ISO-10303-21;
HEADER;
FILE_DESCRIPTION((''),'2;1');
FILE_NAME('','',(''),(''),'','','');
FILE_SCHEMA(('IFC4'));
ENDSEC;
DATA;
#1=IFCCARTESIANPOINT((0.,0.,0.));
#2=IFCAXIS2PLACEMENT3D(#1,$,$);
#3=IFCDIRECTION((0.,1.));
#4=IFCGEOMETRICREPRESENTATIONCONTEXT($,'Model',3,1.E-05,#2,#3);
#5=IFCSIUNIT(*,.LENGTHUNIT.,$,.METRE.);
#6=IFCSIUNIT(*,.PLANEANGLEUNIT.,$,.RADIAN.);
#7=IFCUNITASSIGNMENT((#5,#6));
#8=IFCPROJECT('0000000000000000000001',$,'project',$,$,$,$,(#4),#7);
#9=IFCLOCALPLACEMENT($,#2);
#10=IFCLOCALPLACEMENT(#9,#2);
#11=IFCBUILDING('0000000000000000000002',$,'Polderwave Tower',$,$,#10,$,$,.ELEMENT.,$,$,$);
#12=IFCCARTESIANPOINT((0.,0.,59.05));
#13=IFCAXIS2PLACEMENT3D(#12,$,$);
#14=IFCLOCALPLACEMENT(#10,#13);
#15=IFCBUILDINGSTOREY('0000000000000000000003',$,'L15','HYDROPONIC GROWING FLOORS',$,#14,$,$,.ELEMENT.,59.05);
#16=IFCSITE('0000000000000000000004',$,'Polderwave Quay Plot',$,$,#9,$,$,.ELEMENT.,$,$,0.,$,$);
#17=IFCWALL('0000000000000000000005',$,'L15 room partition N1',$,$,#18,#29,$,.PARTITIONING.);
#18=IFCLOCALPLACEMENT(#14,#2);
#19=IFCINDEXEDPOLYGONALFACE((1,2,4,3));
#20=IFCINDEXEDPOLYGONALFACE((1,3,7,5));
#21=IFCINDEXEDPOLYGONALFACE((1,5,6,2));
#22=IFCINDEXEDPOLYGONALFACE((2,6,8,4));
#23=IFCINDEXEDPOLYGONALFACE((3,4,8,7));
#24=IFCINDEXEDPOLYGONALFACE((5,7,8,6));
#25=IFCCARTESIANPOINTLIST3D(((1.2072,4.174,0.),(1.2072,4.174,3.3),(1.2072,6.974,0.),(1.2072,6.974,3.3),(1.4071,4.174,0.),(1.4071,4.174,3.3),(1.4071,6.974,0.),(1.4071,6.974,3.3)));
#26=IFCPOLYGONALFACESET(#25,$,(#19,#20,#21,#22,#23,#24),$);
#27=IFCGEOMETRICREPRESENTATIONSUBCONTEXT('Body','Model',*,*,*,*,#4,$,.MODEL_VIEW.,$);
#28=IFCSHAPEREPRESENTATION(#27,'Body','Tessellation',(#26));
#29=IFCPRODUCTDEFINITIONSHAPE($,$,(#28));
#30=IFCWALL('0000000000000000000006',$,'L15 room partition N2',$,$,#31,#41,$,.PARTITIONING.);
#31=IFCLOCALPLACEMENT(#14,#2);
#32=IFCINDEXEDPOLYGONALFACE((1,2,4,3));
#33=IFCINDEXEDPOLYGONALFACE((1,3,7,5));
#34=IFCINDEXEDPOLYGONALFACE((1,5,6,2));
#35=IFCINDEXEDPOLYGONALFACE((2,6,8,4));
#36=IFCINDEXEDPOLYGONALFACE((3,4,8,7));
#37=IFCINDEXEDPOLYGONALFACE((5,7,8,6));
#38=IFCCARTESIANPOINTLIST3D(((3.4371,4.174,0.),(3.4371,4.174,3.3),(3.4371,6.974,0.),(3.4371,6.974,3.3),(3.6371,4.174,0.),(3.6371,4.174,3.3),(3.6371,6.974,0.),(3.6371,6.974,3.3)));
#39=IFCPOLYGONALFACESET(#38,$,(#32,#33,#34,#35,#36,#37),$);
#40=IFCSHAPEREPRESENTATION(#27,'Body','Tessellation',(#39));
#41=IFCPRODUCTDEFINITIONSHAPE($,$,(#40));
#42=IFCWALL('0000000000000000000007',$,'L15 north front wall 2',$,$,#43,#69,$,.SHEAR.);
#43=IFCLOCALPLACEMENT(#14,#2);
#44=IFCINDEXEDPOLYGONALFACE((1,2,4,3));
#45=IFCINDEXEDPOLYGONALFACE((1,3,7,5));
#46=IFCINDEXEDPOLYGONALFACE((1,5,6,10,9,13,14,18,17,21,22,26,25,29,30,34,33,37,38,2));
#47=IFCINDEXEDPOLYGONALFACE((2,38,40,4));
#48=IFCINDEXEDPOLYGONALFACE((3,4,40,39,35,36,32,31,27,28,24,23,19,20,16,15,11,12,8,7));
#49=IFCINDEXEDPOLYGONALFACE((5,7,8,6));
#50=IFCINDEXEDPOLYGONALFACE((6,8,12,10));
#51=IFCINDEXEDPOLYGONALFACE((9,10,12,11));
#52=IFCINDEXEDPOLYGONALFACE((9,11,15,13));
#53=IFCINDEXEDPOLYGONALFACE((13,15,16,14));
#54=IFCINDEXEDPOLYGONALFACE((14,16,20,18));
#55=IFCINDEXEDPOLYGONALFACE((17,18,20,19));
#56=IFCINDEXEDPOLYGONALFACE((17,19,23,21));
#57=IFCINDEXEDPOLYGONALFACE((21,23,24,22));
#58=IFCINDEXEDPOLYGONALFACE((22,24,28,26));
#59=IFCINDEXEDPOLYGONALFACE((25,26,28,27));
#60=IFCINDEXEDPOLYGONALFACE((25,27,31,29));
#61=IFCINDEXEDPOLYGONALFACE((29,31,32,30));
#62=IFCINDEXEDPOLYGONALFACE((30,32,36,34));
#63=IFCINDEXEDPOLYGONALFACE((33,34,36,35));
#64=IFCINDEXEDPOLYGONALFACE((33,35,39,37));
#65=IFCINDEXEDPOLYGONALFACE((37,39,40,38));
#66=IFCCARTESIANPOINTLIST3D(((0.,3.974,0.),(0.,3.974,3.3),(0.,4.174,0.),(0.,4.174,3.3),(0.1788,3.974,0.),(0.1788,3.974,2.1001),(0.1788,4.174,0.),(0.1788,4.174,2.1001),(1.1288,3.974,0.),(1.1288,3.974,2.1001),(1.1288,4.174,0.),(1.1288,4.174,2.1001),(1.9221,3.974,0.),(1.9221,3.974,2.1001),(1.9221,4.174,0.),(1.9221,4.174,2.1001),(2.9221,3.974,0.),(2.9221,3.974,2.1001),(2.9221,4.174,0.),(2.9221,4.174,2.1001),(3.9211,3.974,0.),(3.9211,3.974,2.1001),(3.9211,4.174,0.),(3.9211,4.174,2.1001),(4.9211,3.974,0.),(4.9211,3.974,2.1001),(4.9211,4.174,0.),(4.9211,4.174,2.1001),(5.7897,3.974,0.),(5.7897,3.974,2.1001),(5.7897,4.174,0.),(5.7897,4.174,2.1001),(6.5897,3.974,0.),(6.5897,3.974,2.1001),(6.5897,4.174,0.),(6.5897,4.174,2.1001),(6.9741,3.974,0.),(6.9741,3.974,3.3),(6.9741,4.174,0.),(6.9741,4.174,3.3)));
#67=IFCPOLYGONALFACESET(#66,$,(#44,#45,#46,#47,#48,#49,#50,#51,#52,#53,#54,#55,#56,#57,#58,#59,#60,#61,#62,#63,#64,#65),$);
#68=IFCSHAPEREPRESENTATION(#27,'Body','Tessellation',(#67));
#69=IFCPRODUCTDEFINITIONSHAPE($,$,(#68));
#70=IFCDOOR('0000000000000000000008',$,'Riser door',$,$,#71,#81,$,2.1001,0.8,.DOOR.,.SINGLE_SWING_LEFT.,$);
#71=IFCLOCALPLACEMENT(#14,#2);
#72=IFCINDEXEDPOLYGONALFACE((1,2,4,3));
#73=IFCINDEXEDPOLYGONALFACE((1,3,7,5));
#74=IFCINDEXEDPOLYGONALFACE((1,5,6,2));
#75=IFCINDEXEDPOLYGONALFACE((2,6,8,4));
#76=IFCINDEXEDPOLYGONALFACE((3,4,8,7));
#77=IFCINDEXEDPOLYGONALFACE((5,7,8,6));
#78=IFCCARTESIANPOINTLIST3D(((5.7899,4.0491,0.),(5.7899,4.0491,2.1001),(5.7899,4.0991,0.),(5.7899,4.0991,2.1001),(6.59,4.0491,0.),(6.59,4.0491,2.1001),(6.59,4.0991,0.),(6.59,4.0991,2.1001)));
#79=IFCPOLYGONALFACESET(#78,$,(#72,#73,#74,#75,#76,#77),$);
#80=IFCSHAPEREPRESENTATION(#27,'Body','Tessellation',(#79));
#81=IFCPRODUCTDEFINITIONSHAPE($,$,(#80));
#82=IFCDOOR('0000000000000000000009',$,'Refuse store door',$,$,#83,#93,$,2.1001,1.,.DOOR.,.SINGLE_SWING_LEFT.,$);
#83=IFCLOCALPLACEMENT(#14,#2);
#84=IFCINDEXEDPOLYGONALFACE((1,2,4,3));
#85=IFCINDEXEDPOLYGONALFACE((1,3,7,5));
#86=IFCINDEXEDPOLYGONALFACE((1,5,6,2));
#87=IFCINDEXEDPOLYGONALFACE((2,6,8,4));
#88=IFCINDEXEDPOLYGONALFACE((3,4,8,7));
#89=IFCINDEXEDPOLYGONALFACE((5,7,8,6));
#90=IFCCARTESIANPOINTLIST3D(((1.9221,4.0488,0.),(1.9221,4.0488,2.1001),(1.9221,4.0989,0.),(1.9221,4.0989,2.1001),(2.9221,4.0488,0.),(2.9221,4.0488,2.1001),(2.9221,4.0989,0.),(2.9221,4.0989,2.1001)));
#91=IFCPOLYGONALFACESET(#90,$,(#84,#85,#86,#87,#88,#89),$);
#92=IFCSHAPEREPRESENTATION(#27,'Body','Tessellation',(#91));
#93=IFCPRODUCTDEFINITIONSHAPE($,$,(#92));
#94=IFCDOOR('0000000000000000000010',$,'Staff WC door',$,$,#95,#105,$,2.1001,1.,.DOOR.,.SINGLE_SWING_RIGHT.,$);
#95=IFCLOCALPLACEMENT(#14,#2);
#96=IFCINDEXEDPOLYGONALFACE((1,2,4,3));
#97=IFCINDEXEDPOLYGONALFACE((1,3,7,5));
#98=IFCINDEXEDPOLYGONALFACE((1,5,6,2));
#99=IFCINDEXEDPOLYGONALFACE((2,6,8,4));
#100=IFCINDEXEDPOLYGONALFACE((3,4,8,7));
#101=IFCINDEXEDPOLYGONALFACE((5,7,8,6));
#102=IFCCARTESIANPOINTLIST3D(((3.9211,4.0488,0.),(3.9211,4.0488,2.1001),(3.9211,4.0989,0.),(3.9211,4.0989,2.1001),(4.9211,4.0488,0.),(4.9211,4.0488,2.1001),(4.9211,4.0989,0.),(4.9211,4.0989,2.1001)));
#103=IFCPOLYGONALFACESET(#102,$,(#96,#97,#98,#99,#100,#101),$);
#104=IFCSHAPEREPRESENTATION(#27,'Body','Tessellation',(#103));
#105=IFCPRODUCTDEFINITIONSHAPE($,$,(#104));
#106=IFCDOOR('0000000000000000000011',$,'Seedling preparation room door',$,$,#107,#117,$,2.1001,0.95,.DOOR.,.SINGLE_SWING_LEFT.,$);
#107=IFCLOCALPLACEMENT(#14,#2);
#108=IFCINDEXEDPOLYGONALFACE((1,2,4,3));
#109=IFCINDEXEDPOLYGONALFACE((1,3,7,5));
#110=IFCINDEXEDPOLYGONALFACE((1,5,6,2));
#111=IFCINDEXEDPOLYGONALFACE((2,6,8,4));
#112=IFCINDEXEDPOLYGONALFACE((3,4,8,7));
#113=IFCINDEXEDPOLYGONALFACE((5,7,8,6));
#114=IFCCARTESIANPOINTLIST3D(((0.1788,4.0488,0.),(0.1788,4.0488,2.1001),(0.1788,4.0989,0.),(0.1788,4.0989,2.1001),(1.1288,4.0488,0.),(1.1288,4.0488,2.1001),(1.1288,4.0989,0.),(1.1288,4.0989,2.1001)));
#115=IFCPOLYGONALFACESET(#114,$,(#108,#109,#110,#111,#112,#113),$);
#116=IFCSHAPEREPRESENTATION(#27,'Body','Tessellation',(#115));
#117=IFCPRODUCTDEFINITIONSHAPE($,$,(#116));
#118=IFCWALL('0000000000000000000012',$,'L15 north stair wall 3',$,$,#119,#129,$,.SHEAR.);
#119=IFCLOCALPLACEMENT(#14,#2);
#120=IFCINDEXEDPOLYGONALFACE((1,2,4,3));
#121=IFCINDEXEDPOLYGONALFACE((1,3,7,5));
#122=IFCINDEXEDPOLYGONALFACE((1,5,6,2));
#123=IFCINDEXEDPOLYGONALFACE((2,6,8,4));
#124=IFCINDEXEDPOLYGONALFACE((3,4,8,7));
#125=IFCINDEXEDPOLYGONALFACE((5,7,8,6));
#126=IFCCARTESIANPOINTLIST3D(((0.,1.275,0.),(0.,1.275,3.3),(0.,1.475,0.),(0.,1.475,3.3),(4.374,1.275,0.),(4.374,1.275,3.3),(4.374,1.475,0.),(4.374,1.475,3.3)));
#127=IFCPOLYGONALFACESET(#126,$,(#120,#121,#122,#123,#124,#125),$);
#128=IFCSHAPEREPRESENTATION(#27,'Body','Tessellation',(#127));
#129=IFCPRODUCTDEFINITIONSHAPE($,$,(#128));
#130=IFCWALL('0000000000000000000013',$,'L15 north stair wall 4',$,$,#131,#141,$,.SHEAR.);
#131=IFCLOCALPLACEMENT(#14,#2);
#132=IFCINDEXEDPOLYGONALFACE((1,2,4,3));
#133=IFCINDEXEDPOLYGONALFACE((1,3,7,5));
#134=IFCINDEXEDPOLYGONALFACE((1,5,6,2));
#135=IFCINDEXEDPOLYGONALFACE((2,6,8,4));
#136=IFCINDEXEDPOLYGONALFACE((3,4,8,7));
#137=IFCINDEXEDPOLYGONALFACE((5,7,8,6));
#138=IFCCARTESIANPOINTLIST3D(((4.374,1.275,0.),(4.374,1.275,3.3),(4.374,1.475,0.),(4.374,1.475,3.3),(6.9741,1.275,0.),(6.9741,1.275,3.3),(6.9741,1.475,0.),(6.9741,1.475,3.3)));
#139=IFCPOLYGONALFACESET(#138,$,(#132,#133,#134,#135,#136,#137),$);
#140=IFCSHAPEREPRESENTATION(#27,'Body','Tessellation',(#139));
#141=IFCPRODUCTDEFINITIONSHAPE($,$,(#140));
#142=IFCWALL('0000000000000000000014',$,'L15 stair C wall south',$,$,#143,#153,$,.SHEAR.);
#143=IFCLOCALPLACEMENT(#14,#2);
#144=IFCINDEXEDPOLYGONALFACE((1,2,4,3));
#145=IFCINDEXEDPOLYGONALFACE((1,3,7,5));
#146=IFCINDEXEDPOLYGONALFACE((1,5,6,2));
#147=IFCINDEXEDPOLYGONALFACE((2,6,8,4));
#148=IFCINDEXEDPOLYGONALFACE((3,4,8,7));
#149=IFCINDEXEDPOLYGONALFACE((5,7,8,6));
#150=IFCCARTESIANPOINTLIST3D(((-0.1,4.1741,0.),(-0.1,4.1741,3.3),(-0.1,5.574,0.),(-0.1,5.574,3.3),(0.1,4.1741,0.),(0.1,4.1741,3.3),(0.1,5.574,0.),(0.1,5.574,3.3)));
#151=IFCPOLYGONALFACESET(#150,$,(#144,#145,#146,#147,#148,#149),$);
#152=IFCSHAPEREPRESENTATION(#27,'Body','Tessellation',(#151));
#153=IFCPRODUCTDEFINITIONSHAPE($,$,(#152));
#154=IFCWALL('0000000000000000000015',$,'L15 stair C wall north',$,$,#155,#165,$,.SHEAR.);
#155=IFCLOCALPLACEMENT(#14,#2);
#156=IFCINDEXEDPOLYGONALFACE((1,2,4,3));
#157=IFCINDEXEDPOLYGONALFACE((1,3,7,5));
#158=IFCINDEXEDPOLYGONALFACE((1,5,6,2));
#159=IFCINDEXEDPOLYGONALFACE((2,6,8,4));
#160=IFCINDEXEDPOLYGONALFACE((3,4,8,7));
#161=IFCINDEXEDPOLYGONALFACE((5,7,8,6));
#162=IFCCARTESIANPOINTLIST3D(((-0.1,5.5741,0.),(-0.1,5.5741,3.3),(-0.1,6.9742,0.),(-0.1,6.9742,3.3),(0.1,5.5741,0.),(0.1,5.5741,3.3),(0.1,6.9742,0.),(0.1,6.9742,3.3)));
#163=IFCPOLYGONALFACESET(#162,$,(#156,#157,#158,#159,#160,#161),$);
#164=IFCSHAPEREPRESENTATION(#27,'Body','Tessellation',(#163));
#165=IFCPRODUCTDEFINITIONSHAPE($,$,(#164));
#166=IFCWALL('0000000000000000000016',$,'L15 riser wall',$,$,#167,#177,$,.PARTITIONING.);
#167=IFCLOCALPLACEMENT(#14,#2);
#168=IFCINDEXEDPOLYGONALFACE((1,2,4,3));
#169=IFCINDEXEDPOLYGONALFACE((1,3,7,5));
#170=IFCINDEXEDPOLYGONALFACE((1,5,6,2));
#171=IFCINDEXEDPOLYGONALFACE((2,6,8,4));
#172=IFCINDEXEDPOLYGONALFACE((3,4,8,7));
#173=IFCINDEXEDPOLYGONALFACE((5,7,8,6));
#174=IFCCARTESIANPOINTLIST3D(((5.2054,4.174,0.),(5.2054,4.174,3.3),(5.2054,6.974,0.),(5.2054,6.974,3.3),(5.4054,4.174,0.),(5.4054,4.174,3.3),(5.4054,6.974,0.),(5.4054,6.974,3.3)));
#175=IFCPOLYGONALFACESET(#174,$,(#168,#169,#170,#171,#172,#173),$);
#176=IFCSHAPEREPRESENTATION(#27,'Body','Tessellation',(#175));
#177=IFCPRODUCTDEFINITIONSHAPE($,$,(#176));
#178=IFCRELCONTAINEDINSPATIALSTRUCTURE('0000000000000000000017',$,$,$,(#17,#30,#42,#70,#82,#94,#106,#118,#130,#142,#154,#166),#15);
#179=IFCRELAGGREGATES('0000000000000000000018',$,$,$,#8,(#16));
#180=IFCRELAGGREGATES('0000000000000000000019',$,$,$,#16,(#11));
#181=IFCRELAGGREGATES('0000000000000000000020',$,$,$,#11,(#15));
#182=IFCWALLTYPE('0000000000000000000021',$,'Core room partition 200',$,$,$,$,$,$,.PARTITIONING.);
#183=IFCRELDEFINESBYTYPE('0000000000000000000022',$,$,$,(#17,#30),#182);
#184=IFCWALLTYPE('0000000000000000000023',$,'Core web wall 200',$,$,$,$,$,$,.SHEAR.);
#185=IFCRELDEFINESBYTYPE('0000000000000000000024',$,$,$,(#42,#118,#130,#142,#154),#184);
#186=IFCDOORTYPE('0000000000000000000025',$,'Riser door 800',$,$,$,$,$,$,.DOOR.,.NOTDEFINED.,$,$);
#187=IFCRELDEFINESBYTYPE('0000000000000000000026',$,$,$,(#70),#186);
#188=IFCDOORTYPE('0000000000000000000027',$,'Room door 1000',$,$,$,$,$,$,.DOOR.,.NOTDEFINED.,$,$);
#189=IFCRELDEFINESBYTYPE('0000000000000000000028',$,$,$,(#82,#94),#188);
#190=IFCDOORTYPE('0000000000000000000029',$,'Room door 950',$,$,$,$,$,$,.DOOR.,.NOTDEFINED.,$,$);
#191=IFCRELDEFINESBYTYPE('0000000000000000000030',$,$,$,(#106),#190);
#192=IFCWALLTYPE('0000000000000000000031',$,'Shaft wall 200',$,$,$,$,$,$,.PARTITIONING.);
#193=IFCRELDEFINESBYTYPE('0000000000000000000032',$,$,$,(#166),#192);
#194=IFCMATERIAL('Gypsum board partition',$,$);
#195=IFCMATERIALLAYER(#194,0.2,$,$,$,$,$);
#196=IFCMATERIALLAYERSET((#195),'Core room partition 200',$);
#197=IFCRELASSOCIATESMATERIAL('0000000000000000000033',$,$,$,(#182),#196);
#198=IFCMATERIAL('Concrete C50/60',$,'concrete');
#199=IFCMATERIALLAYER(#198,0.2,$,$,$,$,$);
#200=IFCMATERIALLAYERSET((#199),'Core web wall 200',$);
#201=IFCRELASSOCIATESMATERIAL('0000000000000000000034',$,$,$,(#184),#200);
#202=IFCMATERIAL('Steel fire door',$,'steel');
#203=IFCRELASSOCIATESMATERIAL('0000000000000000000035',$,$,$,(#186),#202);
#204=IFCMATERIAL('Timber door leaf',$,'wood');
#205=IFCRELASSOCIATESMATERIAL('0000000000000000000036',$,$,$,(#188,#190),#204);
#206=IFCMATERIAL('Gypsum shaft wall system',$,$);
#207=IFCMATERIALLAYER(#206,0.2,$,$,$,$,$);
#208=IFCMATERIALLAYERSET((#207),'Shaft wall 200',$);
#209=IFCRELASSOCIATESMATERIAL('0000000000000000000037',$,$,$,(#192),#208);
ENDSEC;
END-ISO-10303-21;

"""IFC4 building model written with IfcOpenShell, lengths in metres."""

from ifc_helpers import new_model, si_unit, direction, frame, frame_2d, origin, place, context, subcontext, project, spatial, rectangle, extrude, material, layer, layer_set, type_object, element, fill, save


model = new_model("IFC4")

# Units and contexts
model_context = context("Model", 3, precision=1e-05, world=origin(), true_north=direction((0.0, 1.0)))
body_context = subcontext(model_context, "Body", "Model", "MODEL_VIEW")
ifc_project = project(units=[si_unit("LENGTHUNIT", "METRE"), si_unit("PLANEANGLEUNIT", "RADIAN")], contexts=[model_context])

# Site, building, storey
site_placement = place(None, origin())
site = spatial("IfcSite", under=ifc_project, at=site_placement, Name="Polderwave Quay Plot", CompositionType="ELEMENT", RefElevation=0.0)
building_placement = place(site_placement, origin())
building = spatial("IfcBuilding", under=site, at=building_placement, Name="Polderwave Tower", CompositionType="ELEMENT")
storey_placement = place(building_placement, frame((0.0, 0.0, 59.05)))
storey = spatial("IfcBuildingStorey", under=building, at=storey_placement, Name="L15", Description="HYDROPONIC GROWING FLOORS", CompositionType="ELEMENT", Elevation=59.05)

# Walls
ifc_material_1 = material(Name="Gypsum board partition")
ifc_layer_1 = layer(ifc_material_1, 0.2)
ifc_layer_set_1 = layer_set([ifc_layer_1], Name="Core room partition 200")
wall_type_1 = type_object("IfcWallType", Name="Core room partition 200", PredefinedType="PARTITIONING", material=ifc_layer_set_1)
for number, where, z_axis, x_axis, name in (
    (1, (1.3071, 4.1741, 0.0), (0.0, 0.0, 1.0), (0.0, 1.0, 0.0), "L15 room partition N1"),
    (2, (3.5371, 4.1741, 0.0), (0.0, 0.0, 1.0), (0.0, 1.0, 0.0), "L15 room partition N2"),
):
    element("IfcWall", number, at=place(storey_placement, frame(where, z_axis=z_axis, x_axis=x_axis)), inside=storey, type_object=wall_type_1, Name=name, PredefinedType="PARTITIONING", context=body_context, shape_type="SweptSolid", body=[
        extrude(rectangle(XDim=2.8, YDim=0.2, at=frame_2d((1.3999, 0.0))), origin(), (0.0, 0.0, 1.0), 3.3),
    ])

# Wall, openings, doors
ifc_material_2 = material(Name="Concrete C50/60", Category="concrete")
ifc_layer_2 = layer(ifc_material_2, 0.2)
ifc_layer_set_2 = layer_set([ifc_layer_2], Name="Core web wall 200")
wall_type_2 = type_object("IfcWallType", Name="Core web wall 200", PredefinedType="SHEAR", material=ifc_layer_set_2)
wall_1_placement = place(storey_placement, frame((0.0, 4.074, 0.0), z_axis=(0.0, 0.0, 1.0), x_axis=(1.0, 0.0, 0.0)))
wall_1 = element("IfcWall", 3, at=wall_1_placement, inside=storey, type_object=wall_type_2, Name="L15 north front wall 2", PredefinedType="SHEAR", context=body_context, shape_type="SweptSolid", body=[
    extrude(rectangle(XDim=6.9741, YDim=0.2, at=frame_2d((3.4871, 0.0))), origin(), (0.0, 0.0, 1.0), 3.3),
])
opening_1_placement = place(wall_1_placement, frame((0.1787, 0.0, 0.0)))
opening_1 = element("IfcOpeningElement", 4, at=opening_1_placement, cuts=wall_1, PredefinedType="OPENING", context=body_context, shape_type="SweptSolid", body=[
    extrude(rectangle(XDim=0.95, YDim=2.1001, at=frame_2d((0.4751, 1.05))), frame((0.0, 0.1099, 0.0), z_axis=(0.0, -1.0, 0.0), x_axis=(1.0, 0.0, 0.0)), (0.0, 0.0, 1.0), 0.22),
])
opening_2_placement = place(wall_1_placement, frame((1.9221, 0.0, 0.0)))
opening_2 = element("IfcOpeningElement", 5, at=opening_2_placement, cuts=wall_1, PredefinedType="OPENING", context=body_context, shape_type="SweptSolid", body=[
    extrude(rectangle(XDim=1.0, YDim=2.1001, at=frame_2d((0.5, 1.05))), frame((0.0, 0.1099, 0.0), z_axis=(0.0, -1.0, 0.0), x_axis=(1.0, 0.0, 0.0)), (0.0, 0.0, 1.0), 0.22),
])
opening_3_placement = place(wall_1_placement, frame((3.9211, 0.0, 0.0)))
opening_3 = element("IfcOpeningElement", 6, at=opening_3_placement, cuts=wall_1, PredefinedType="OPENING", context=body_context, shape_type="SweptSolid", body=[
    extrude(rectangle(XDim=1.0, YDim=2.1001, at=frame_2d((0.5, 1.05))), frame((0.0, 0.1099, 0.0), z_axis=(0.0, -1.0, 0.0), x_axis=(1.0, 0.0, 0.0)), (0.0, 0.0, 1.0), 0.22),
])
opening_4_placement = place(wall_1_placement, frame((5.7898, 0.0, 0.0)))
opening_4 = element("IfcOpeningElement", 7, at=opening_4_placement, cuts=wall_1, PredefinedType="OPENING", context=body_context, shape_type="SweptSolid", body=[
    extrude(rectangle(XDim=0.8, YDim=2.1001, at=frame_2d((0.3999, 1.05))), frame((0.0, 0.1099, 0.0), z_axis=(0.0, -1.0, 0.0), x_axis=(1.0, 0.0, 0.0)), (0.0, 0.0, 1.0), 0.22),
])
ifc_material_3 = material(Name="Steel fire door", Category="steel")
door_type_1 = type_object("IfcDoorType", Name="Riser door 800", OperationType="NOTDEFINED", PredefinedType="DOOR", material=ifc_material_3)
door_1_placement = place(opening_4_placement, frame((0.8, 0.0, 0.0), z_axis=(0.0, 0.0, 1.0), x_axis=(-1.0, 0.0, 0.0)))
door_1 = element("IfcDoor", 8, at=door_1_placement, inside=storey, type_object=door_type_1, Name="Riser door", OperationType="SINGLE_SWING_LEFT", OverallHeight=2.1001, OverallWidth=0.8, PredefinedType="DOOR", context=body_context, shape_type="SweptSolid", body=[
    extrude(rectangle(XDim=0.8, YDim=2.1001, at=frame_2d((0.3999, 1.05))), frame((0.0, 0.0249, 0.0), z_axis=(0.0, -1.0, 0.0), x_axis=(1.0, 0.0, 0.0)), (0.0, 0.0, 1.0), 0.05),
])
fill(opening_4, door_1)
ifc_material_4 = material(Name="Timber door leaf", Category="wood")
door_type_2 = type_object("IfcDoorType", Name="Room door 1000", OperationType="NOTDEFINED", PredefinedType="DOOR", material=ifc_material_4)
door_2_placement = place(opening_2_placement, origin())
door_2 = element("IfcDoor", 9, at=door_2_placement, inside=storey, type_object=door_type_2, Name="Refuse store door", OperationType="SINGLE_SWING_LEFT", OverallHeight=2.1001, OverallWidth=1.0, PredefinedType="DOOR", context=body_context, shape_type="SweptSolid", body=[
    extrude(rectangle(XDim=1.0, YDim=2.1001, at=frame_2d((0.5, 1.05))), frame((0.0, 0.0249, 0.0), z_axis=(0.0, -1.0, 0.0), x_axis=(1.0, 0.0, 0.0)), (0.0, 0.0, 1.0), 0.05),
])
fill(opening_2, door_2)
door_3_placement = place(opening_3_placement, origin())
door_3 = element("IfcDoor", 10, at=door_3_placement, inside=storey, type_object=door_type_2, Name="Staff WC door", OperationType="SINGLE_SWING_RIGHT", OverallHeight=2.1001, OverallWidth=1.0, PredefinedType="DOOR", context=body_context, shape_type="SweptSolid", body=[
    extrude(rectangle(XDim=1.0, YDim=2.1001, at=frame_2d((0.5, 1.05))), frame((0.0, 0.0249, 0.0), z_axis=(0.0, -1.0, 0.0), x_axis=(1.0, 0.0, 0.0)), (0.0, 0.0, 1.0), 0.05),
])
fill(opening_3, door_3)
door_type_3 = type_object("IfcDoorType", Name="Room door 950", OperationType="NOTDEFINED", PredefinedType="DOOR", material=ifc_material_4)
door_4_placement = place(opening_1_placement, origin())
door_4 = element("IfcDoor", 11, at=door_4_placement, inside=storey, type_object=door_type_3, Name="Seedling preparation room door", OperationType="SINGLE_SWING_LEFT", OverallHeight=2.1001, OverallWidth=0.95, PredefinedType="DOOR", context=body_context, shape_type="SweptSolid", body=[
    extrude(rectangle(XDim=0.95, YDim=2.1001, at=frame_2d((0.4751, 1.05))), frame((0.0, 0.0249, 0.0), z_axis=(0.0, -1.0, 0.0), x_axis=(1.0, 0.0, 0.0)), (0.0, 0.0, 1.0), 0.05),
])
fill(opening_1, door_4)

# Walls
wall_2_placement = place(storey_placement, frame((0.0, 1.375, 0.0), z_axis=(0.0, 0.0, 1.0), x_axis=(1.0, 0.0, 0.0)))
element("IfcWall", 12, at=wall_2_placement, inside=storey, type_object=wall_type_2, Name="L15 north stair wall 3", PredefinedType="SHEAR", context=body_context, shape_type="SweptSolid", body=[
    extrude(rectangle(XDim=4.374, YDim=0.2, at=frame_2d((2.187, 0.0))), origin(), (0.0, 0.0, 1.0), 3.3),
])
wall_3_placement = place(storey_placement, frame((4.374, 1.375, 0.0), z_axis=(0.0, 0.0, 1.0), x_axis=(1.0, 0.0, 0.0)))
element("IfcWall", 13, at=wall_3_placement, inside=storey, type_object=wall_type_2, Name="L15 north stair wall 4", PredefinedType="SHEAR", context=body_context, shape_type="SweptSolid", body=[
    extrude(rectangle(XDim=2.6001, YDim=0.2, at=frame_2d((1.3, 0.0))), origin(), (0.0, 0.0, 1.0), 3.3),
])
wall_4_placement = place(storey_placement, frame((0.0, 4.1741, 0.0), z_axis=(0.0, 0.0, 1.0), x_axis=(0.0, 1.0, 0.0)))
element("IfcWall", 14, at=wall_4_placement, inside=storey, type_object=wall_type_2, Name="L15 stair C wall south", PredefinedType="SHEAR", context=body_context, shape_type="SweptSolid", body=[
    extrude(rectangle(XDim=1.3999, YDim=0.2, at=frame_2d((0.7, 0.0))), origin(), (0.0, 0.0, 1.0), 3.3),
])
wall_5_placement = place(storey_placement, frame((0.0, 5.574, 0.0), z_axis=(0.0, 0.0, 1.0), x_axis=(0.0, 1.0, 0.0)))
element("IfcWall", 15, at=wall_5_placement, inside=storey, type_object=wall_type_2, Name="L15 stair C wall north", PredefinedType="SHEAR", context=body_context, shape_type="SweptSolid", body=[
    extrude(rectangle(XDim=1.4001, YDim=0.2, at=frame_2d((0.7002, 0.0))), origin(), (0.0, 0.0, 1.0), 3.3),
])
ifc_material_5 = material(Name="Gypsum shaft wall system")
ifc_layer_3 = layer(ifc_material_5, 0.2)
ifc_layer_set_3 = layer_set([ifc_layer_3], Name="Shaft wall 200")
wall_type_3 = type_object("IfcWallType", Name="Shaft wall 200", PredefinedType="PARTITIONING", material=ifc_layer_set_3)
wall_6_placement = place(storey_placement, frame((5.3054, 4.1741, 0.0), z_axis=(0.0, 0.0, 1.0), x_axis=(0.0, 1.0, 0.0)))
element("IfcWall", 16, at=wall_6_placement, inside=storey, type_object=wall_type_3, Name="L15 riser wall", PredefinedType="PARTITIONING", context=body_context, shape_type="SweptSolid", body=[
    extrude(rectangle(XDim=2.8, YDim=0.2, at=frame_2d((1.3999, 0.0))), origin(), (0.0, 0.0, 1.0), 3.3),
])

save(model, "model.ifc")
